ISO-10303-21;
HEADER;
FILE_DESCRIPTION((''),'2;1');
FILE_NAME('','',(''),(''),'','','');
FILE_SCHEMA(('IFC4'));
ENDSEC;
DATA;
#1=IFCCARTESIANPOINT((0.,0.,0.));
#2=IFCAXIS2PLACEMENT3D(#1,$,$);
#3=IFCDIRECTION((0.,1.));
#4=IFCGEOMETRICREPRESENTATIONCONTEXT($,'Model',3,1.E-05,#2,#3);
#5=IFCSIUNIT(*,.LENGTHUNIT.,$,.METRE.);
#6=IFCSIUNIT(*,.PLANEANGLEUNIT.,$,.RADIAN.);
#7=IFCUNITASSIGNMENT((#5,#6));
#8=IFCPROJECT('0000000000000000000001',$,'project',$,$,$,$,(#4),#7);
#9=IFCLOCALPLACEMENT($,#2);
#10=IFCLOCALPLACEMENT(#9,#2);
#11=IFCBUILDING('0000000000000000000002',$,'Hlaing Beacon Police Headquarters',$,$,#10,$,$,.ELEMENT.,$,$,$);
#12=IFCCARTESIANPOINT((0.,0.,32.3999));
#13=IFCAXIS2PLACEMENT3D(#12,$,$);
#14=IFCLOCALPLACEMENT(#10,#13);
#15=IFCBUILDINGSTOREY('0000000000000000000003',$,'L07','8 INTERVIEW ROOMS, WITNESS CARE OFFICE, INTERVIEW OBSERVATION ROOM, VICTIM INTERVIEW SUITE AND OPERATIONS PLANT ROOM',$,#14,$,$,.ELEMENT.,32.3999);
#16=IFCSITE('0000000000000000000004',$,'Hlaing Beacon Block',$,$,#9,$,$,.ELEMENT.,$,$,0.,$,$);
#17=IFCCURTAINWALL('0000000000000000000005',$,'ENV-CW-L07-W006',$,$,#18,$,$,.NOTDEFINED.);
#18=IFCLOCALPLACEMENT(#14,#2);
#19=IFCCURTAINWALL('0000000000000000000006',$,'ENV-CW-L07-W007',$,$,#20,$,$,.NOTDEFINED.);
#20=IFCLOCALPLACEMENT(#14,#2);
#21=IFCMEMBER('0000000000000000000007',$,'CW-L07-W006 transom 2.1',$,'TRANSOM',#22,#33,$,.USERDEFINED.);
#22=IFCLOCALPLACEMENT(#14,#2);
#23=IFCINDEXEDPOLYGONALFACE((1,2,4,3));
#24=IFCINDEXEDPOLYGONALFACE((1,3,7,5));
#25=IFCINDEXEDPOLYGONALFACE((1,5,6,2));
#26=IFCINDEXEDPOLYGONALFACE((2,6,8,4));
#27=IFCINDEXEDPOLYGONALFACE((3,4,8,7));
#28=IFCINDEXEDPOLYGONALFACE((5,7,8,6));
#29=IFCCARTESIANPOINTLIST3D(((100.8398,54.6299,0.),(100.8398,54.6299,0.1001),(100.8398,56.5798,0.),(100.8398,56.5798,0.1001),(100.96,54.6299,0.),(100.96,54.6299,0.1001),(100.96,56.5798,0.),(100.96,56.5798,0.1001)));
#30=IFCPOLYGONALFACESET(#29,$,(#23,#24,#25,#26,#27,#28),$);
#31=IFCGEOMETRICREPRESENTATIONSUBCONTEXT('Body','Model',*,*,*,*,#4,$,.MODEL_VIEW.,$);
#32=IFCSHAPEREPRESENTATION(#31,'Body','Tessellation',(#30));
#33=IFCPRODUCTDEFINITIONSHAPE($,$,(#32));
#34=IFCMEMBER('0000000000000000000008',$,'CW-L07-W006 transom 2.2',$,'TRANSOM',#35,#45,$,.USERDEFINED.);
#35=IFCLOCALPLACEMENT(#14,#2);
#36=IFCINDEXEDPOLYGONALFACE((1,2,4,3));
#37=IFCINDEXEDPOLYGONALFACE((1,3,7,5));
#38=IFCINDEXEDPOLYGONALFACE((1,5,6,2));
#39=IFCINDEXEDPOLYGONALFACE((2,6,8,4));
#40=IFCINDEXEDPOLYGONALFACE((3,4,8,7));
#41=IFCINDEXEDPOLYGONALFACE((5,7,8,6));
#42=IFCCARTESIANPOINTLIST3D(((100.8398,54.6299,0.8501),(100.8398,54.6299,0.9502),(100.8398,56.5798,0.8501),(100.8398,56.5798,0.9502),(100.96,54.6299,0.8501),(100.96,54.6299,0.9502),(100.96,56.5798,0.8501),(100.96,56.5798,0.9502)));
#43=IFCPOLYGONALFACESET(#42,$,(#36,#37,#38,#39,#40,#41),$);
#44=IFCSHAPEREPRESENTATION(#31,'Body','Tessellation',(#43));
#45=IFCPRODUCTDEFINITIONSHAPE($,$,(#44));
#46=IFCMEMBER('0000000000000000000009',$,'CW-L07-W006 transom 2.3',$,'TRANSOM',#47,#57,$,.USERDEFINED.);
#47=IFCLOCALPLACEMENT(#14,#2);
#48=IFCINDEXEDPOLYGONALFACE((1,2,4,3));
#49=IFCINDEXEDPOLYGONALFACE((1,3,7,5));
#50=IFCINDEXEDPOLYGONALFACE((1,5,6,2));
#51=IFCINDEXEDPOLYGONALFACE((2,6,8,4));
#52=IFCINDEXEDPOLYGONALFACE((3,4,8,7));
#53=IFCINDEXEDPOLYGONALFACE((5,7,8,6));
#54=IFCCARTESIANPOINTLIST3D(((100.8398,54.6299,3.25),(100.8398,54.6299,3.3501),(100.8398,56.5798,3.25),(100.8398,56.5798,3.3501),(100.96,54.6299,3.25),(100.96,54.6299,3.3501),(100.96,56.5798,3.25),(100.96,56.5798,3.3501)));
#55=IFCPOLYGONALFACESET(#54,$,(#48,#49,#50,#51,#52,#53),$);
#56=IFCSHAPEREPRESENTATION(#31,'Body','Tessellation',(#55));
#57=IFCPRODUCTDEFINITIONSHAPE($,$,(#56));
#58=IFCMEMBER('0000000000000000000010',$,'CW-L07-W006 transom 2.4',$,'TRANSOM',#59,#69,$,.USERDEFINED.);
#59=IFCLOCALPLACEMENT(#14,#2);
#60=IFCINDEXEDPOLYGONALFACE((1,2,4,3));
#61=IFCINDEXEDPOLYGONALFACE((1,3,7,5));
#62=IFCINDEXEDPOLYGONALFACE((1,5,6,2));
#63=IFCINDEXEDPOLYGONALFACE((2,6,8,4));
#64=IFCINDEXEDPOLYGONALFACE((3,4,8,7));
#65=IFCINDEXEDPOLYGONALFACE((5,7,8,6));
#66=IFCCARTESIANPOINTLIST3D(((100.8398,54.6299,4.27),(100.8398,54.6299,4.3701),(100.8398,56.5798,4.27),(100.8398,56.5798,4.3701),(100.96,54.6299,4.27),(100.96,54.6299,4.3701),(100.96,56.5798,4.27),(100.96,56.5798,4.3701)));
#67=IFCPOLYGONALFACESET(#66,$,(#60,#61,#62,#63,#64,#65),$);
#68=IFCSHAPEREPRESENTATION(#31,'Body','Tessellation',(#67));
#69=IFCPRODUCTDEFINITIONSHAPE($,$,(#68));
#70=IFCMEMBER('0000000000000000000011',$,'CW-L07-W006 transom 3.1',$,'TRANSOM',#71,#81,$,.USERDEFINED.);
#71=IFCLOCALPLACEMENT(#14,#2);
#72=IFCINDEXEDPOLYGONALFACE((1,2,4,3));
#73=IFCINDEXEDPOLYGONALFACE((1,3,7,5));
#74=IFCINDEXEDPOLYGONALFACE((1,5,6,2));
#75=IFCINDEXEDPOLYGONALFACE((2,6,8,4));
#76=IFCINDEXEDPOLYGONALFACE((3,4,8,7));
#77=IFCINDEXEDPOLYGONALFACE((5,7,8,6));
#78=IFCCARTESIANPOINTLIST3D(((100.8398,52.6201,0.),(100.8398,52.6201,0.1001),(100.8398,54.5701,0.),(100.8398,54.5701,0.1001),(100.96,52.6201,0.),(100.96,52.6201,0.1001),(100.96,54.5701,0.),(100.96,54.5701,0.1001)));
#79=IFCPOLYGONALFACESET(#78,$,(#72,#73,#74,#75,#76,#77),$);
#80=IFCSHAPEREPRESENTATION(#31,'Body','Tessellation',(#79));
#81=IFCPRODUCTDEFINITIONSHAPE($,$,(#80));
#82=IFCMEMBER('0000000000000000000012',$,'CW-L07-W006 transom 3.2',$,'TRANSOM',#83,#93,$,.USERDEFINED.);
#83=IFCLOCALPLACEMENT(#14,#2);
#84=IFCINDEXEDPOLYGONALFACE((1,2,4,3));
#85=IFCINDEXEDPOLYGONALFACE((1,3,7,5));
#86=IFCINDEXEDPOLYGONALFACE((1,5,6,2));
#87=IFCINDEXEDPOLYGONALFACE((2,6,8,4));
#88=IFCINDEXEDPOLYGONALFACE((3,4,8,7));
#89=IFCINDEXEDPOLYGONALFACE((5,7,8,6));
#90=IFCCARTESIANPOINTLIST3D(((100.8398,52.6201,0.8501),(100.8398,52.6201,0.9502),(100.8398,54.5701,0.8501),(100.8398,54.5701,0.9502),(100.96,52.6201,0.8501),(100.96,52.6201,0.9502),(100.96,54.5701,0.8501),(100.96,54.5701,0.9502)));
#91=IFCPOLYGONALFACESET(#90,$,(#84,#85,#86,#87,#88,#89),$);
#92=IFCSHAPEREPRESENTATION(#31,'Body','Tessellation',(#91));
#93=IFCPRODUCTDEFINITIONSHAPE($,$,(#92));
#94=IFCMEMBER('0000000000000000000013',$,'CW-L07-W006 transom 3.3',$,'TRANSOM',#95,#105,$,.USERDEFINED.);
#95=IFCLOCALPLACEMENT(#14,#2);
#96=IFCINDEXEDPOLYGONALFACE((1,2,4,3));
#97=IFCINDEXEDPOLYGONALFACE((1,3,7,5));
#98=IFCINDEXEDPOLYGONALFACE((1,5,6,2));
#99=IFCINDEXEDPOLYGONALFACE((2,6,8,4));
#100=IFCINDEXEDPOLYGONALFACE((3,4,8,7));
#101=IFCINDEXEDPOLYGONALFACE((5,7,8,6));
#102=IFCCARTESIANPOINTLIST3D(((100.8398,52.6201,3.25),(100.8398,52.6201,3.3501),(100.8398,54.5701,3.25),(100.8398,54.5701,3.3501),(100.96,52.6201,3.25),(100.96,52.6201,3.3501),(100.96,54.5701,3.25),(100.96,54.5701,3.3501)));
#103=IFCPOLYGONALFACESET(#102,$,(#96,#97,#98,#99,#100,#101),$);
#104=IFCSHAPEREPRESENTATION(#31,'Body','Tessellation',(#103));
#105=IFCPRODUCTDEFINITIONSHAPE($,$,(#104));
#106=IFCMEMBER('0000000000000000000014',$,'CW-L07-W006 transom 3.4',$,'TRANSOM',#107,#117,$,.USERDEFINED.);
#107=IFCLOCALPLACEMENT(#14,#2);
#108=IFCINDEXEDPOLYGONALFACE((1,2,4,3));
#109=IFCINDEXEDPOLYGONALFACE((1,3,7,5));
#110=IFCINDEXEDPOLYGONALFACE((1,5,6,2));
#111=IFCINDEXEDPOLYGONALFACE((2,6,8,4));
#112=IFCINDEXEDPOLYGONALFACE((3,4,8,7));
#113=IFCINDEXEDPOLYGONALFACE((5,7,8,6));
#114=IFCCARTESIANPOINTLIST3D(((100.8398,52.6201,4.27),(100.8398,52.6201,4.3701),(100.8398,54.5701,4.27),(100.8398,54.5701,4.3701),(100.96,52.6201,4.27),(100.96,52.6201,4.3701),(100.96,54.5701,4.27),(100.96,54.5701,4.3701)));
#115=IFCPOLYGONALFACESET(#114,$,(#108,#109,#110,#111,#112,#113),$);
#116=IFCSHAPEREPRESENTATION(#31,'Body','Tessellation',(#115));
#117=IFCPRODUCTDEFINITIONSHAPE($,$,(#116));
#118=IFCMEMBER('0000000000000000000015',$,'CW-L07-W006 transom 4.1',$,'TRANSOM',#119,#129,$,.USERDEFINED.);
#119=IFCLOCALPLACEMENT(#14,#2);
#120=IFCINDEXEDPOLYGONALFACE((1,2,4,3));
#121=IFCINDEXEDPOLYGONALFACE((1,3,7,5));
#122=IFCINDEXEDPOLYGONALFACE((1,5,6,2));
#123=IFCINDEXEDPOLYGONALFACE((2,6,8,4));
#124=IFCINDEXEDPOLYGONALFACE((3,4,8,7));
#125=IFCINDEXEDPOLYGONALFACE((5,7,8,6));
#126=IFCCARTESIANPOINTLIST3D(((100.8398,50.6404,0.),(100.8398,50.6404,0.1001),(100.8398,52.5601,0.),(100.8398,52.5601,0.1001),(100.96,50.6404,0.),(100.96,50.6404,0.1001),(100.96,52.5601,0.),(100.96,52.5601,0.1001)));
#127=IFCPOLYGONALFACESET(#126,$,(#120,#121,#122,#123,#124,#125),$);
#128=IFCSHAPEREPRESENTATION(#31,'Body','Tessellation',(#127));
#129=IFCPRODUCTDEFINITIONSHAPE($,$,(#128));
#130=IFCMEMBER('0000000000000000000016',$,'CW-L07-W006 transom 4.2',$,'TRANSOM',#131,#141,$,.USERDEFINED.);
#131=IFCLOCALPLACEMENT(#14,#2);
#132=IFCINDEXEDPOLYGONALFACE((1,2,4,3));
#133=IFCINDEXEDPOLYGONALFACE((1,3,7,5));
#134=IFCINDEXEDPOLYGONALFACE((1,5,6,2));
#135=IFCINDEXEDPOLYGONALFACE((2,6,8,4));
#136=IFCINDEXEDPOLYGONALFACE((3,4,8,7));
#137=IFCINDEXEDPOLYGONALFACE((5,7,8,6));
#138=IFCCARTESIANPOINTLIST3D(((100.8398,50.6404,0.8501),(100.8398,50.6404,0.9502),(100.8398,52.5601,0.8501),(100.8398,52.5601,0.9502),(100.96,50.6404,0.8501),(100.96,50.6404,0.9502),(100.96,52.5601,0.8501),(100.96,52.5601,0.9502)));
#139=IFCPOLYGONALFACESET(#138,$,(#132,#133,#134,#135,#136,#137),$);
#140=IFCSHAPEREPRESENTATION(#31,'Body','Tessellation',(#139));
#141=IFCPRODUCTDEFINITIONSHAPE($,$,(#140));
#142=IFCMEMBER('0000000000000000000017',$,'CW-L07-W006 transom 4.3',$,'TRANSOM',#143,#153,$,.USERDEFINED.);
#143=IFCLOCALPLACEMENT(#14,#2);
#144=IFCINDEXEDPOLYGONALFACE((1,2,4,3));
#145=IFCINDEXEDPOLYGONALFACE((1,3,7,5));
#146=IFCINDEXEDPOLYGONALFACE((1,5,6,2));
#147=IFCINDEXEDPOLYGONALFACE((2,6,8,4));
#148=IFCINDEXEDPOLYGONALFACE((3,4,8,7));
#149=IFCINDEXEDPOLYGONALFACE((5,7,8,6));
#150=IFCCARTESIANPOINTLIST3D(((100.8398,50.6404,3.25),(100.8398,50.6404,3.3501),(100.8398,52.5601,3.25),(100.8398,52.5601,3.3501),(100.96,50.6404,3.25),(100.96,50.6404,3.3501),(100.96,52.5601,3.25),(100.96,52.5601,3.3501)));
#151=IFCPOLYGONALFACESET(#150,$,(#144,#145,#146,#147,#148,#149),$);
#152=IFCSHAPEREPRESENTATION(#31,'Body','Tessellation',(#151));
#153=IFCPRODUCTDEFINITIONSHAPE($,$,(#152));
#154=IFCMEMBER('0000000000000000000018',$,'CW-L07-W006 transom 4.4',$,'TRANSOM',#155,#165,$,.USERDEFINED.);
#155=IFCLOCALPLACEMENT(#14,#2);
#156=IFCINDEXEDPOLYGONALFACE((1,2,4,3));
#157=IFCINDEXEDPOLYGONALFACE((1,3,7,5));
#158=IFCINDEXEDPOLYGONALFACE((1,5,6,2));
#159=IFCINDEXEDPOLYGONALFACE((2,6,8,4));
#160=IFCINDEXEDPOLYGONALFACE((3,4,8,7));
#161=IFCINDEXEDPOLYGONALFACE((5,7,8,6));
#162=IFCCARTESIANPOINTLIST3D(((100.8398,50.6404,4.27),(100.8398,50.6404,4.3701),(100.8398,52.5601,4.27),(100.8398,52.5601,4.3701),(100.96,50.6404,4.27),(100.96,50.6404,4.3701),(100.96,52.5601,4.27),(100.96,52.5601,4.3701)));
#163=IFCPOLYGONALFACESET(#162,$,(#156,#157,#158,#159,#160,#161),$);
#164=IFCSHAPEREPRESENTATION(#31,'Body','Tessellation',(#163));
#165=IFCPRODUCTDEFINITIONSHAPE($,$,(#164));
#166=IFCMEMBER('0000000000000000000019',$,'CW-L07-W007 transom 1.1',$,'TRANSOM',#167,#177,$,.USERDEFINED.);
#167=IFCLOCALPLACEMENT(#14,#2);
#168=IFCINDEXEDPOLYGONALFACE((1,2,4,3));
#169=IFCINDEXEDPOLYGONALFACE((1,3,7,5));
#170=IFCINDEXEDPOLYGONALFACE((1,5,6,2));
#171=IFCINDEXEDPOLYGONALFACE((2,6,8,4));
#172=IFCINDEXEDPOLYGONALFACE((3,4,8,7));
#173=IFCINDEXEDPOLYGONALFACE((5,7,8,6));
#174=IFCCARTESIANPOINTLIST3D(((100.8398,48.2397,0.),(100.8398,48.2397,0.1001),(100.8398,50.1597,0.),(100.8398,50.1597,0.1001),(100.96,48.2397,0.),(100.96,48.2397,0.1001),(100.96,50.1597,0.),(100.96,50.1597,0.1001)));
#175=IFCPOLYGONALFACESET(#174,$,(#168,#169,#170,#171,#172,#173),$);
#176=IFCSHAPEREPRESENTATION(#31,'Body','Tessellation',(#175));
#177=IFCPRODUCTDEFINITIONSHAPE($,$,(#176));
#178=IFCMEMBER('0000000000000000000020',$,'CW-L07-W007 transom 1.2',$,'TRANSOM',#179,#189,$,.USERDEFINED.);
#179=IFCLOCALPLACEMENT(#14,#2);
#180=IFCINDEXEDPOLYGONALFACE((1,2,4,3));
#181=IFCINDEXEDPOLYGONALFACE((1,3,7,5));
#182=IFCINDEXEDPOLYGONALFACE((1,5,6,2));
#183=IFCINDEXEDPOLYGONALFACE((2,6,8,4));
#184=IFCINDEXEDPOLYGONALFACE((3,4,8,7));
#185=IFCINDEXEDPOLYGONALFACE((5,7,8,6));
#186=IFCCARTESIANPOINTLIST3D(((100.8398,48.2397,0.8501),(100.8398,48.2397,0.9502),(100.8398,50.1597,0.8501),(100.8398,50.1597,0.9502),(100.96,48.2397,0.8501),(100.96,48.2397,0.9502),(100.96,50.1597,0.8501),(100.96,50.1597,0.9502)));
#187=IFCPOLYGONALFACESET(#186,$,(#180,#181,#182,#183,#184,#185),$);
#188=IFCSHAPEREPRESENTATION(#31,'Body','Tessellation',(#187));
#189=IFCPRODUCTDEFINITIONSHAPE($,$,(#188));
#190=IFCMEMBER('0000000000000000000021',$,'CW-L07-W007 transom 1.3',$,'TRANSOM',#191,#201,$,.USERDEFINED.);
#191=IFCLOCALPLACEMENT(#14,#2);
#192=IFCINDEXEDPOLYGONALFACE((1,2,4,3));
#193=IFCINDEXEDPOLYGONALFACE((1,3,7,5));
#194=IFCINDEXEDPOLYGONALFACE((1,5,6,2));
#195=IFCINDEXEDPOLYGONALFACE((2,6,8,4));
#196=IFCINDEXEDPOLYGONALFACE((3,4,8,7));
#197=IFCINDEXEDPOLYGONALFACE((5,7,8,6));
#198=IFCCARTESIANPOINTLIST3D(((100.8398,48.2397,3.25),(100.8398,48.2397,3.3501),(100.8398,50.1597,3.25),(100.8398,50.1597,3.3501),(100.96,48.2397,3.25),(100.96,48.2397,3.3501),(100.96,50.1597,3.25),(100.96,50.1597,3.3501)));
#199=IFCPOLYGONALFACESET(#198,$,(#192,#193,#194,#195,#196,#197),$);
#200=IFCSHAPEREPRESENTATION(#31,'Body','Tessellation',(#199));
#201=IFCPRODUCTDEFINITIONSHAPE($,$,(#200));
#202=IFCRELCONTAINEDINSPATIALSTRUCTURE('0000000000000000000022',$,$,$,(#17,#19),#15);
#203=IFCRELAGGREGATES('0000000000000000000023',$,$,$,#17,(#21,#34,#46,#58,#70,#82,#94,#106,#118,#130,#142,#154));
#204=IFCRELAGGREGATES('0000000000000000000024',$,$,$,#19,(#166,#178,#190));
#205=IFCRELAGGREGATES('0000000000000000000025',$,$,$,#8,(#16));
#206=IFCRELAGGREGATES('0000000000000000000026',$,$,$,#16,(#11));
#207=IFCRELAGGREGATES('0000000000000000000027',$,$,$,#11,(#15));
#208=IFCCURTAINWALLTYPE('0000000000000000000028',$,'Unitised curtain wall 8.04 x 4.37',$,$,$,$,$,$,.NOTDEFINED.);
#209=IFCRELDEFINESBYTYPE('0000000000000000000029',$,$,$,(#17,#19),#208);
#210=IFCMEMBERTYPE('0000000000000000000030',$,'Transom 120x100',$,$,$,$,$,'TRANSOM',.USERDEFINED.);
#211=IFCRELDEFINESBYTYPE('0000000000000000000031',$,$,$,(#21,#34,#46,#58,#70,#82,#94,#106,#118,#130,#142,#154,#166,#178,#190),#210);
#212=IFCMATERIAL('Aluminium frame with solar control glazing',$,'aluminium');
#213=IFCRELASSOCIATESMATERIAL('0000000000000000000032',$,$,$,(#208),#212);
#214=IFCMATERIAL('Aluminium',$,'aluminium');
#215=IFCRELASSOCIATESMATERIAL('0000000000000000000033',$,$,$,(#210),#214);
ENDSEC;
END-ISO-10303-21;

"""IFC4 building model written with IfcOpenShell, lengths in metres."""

from ifc_helpers import new_model, si_unit, direction, frame, origin, origin_2d, place, context, subcontext, project, spatial, rectangle, extrude, material, material_profile, profile_set, type_object, element, aggregate, save


model = new_model("IFC4")

# Units and contexts
model_context = context("Model", 3, precision=1e-05, world=origin(), true_north=direction((0.0, 1.0)))
body_context = subcontext(model_context, "Body", "Model", "MODEL_VIEW")
ifc_project = project(units=[si_unit("LENGTHUNIT", "METRE"), si_unit("PLANEANGLEUNIT", "RADIAN")], contexts=[model_context])

# Site, building, storey
site_placement = place(None, origin())
site = spatial("IfcSite", under=ifc_project, at=site_placement, Name="Hlaing Beacon Block", CompositionType="ELEMENT", RefElevation=0.0)
building_placement = place(site_placement, origin())
building = spatial("IfcBuilding", under=site, at=building_placement, Name="Hlaing Beacon Police Headquarters", CompositionType="ELEMENT")
storey_placement = place(building_placement, frame((0.0, 0.0, 32.3999)))
storey = spatial("IfcBuildingStorey", under=building, at=storey_placement, Name="L07", Description="8 INTERVIEW ROOMS, WITNESS CARE OFFICE, INTERVIEW OBSERVATION ROOM, VICTIM INTERVIEW SUITE AND OPERATIONS PLANT ROOM", CompositionType="ELEMENT", Elevation=32.3999)

# Shared definitions
ifc_material_1 = material(Name="Aluminium frame with solar control glazing", Category="aluminium")
curtain_wall_type = type_object("IfcCurtainWallType", Name="Unitised curtain wall 8.04 x 4.37", PredefinedType="NOTDEFINED", material=ifc_material_1)

# Curtain walls
curtain_wall_1_placement = place(storey_placement, origin())
curtain_wall_1 = element("IfcCurtainWall", 1, at=curtain_wall_1_placement, inside=storey, type_object=curtain_wall_type, Name="ENV-CW-L07-W006", PredefinedType="NOTDEFINED")
curtain_wall_2_placement = place(storey_placement, origin())
curtain_wall_2 = element("IfcCurtainWall", 2, at=curtain_wall_2_placement, inside=storey, type_object=curtain_wall_type, Name="ENV-CW-L07-W007", PredefinedType="NOTDEFINED")

# Members
ifc_material_2 = material(Name="Aluminium", Category="aluminium")
ifc_material_profile_1 = material_profile(ifc_material_2, rectangle(XDim=0.1201, YDim=0.1001, at=origin_2d()), Name="Transom 120x100")
ifc_profile_set_1 = profile_set([ifc_material_profile_1], Name="Aluminium")
member_type_1 = type_object("IfcMemberType", Name="Transom 120x100", ElementType="TRANSOM", PredefinedType="USERDEFINED", material=ifc_profile_set_1)
member_1_placement = place(storey_placement, frame((100.8999, 56.5798, 0.05), z_axis=(0.0, -1.0, 0.0), x_axis=(1.0, 0.0, 0.0)))
member_1 = element("IfcMember", 3, at=member_1_placement, type_object=member_type_1, Name="CW-L07-W006 transom 2.1", ObjectType="TRANSOM", PredefinedType="USERDEFINED", context=body_context, shape_type="SweptSolid", body=[
    extrude(rectangle(XDim=0.1201, YDim=0.1001, at=origin_2d()), origin(), (0.0, 0.0, 1.0), 1.95),
])
member_2_placement = place(storey_placement, frame((100.8999, 56.5798, 0.9001), z_axis=(0.0, -1.0, 0.0), x_axis=(1.0, 0.0, 0.0)))
member_2 = element("IfcMember", 4, at=member_2_placement, type_object=member_type_1, Name="CW-L07-W006 transom 2.2", ObjectType="TRANSOM", PredefinedType="USERDEFINED", context=body_context, shape_type="SweptSolid", body=[
    extrude(rectangle(XDim=0.1201, YDim=0.1001, at=origin_2d()), origin(), (0.0, 0.0, 1.0), 1.95),
])
member_3_placement = place(storey_placement, frame((100.8999, 56.5798, 3.3), z_axis=(0.0, -1.0, 0.0), x_axis=(1.0, 0.0, 0.0)))
member_3 = element("IfcMember", 5, at=member_3_placement, type_object=member_type_1, Name="CW-L07-W006 transom 2.3", ObjectType="TRANSOM", PredefinedType="USERDEFINED", context=body_context, shape_type="SweptSolid", body=[
    extrude(rectangle(XDim=0.1201, YDim=0.1001, at=origin_2d()), origin(), (0.0, 0.0, 1.0), 1.95),
])
member_4_placement = place(storey_placement, frame((100.8999, 56.5798, 4.3201), z_axis=(0.0, -1.0, 0.0), x_axis=(1.0, 0.0, 0.0)))
member_4 = element("IfcMember", 6, at=member_4_placement, type_object=member_type_1, Name="CW-L07-W006 transom 2.4", ObjectType="TRANSOM", PredefinedType="USERDEFINED", context=body_context, shape_type="SweptSolid", body=[
    extrude(rectangle(XDim=0.1201, YDim=0.1001, at=origin_2d()), origin(), (0.0, 0.0, 1.0), 1.95),
])
member_5_placement = place(storey_placement, frame((100.8999, 54.5701, 0.05), z_axis=(0.0, -1.0, 0.0), x_axis=(1.0, 0.0, 0.0)))
member_5 = element("IfcMember", 7, at=member_5_placement, type_object=member_type_1, Name="CW-L07-W006 transom 3.1", ObjectType="TRANSOM", PredefinedType="USERDEFINED", context=body_context, shape_type="SweptSolid", body=[
    extrude(rectangle(XDim=0.1201, YDim=0.1001, at=origin_2d()), origin(), (0.0, 0.0, 1.0), 1.95),
])
member_6_placement = place(storey_placement, frame((100.8999, 54.5701, 0.9001), z_axis=(0.0, -1.0, 0.0), x_axis=(1.0, 0.0, 0.0)))
member_6 = element("IfcMember", 8, at=member_6_placement, type_object=member_type_1, Name="CW-L07-W006 transom 3.2", ObjectType="TRANSOM", PredefinedType="USERDEFINED", context=body_context, shape_type="SweptSolid", body=[
    extrude(rectangle(XDim=0.1201, YDim=0.1001, at=origin_2d()), origin(), (0.0, 0.0, 1.0), 1.95),
])
member_7_placement = place(storey_placement, frame((100.8999, 54.5701, 3.3), z_axis=(0.0, -1.0, 0.0), x_axis=(1.0, 0.0, 0.0)))
member_7 = element("IfcMember", 9, at=member_7_placement, type_object=member_type_1, Name="CW-L07-W006 transom 3.3", ObjectType="TRANSOM", PredefinedType="USERDEFINED", context=body_context, shape_type="SweptSolid", body=[
    extrude(rectangle(XDim=0.1201, YDim=0.1001, at=origin_2d()), origin(), (0.0, 0.0, 1.0), 1.95),
])
member_8_placement = place(storey_placement, frame((100.8999, 54.5701, 4.3201), z_axis=(0.0, -1.0, 0.0), x_axis=(1.0, 0.0, 0.0)))
member_8 = element("IfcMember", 10, at=member_8_placement, type_object=member_type_1, Name="CW-L07-W006 transom 3.4", ObjectType="TRANSOM", PredefinedType="USERDEFINED", context=body_context, shape_type="SweptSolid", body=[
    extrude(rectangle(XDim=0.1201, YDim=0.1001, at=origin_2d()), origin(), (0.0, 0.0, 1.0), 1.95),
])
member_9_placement = place(storey_placement, frame((100.8999, 52.5601, 0.05), z_axis=(0.0, -1.0, 0.0), x_axis=(1.0, 0.0, 0.0)))
member_9 = element("IfcMember", 11, at=member_9_placement, type_object=member_type_1, Name="CW-L07-W006 transom 4.1", ObjectType="TRANSOM", PredefinedType="USERDEFINED", context=body_context, shape_type="SweptSolid", body=[
    extrude(rectangle(XDim=0.1201, YDim=0.1001, at=origin_2d()), origin(), (0.0, 0.0, 1.0), 1.9197),
])
member_10_placement = place(storey_placement, frame((100.8999, 52.5601, 0.9001), z_axis=(0.0, -1.0, 0.0), x_axis=(1.0, 0.0, 0.0)))
member_10 = element("IfcMember", 12, at=member_10_placement, type_object=member_type_1, Name="CW-L07-W006 transom 4.2", ObjectType="TRANSOM", PredefinedType="USERDEFINED", context=body_context, shape_type="SweptSolid", body=[
    extrude(rectangle(XDim=0.1201, YDim=0.1001, at=origin_2d()), origin(), (0.0, 0.0, 1.0), 1.9197),
])
member_11_placement = place(storey_placement, frame((100.8999, 52.5601, 3.3), z_axis=(0.0, -1.0, 0.0), x_axis=(1.0, 0.0, 0.0)))
member_11 = element("IfcMember", 13, at=member_11_placement, type_object=member_type_1, Name="CW-L07-W006 transom 4.3", ObjectType="TRANSOM", PredefinedType="USERDEFINED", context=body_context, shape_type="SweptSolid", body=[
    extrude(rectangle(XDim=0.1201, YDim=0.1001, at=origin_2d()), origin(), (0.0, 0.0, 1.0), 1.9197),
])
member_12_placement = place(storey_placement, frame((100.8999, 52.5601, 4.3201), z_axis=(0.0, -1.0, 0.0), x_axis=(1.0, 0.0, 0.0)))
member_12 = element("IfcMember", 14, at=member_12_placement, type_object=member_type_1, Name="CW-L07-W006 transom 4.4", ObjectType="TRANSOM", PredefinedType="USERDEFINED", context=body_context, shape_type="SweptSolid", body=[
    extrude(rectangle(XDim=0.1201, YDim=0.1001, at=origin_2d()), origin(), (0.0, 0.0, 1.0), 1.9197),
])
aggregate(curtain_wall_1, [member_1, member_2, member_3, member_4, member_5, member_6, member_7, member_8, member_9, member_10, member_11, member_12])
member_13_placement = place(storey_placement, frame((100.8999, 50.1597, 0.05), z_axis=(0.0, -1.0, 0.0), x_axis=(1.0, 0.0, 0.0)))
member_13 = element("IfcMember", 15, at=member_13_placement, type_object=member_type_1, Name="CW-L07-W007 transom 1.1", ObjectType="TRANSOM", PredefinedType="USERDEFINED", context=body_context, shape_type="SweptSolid", body=[
    extrude(rectangle(XDim=0.1201, YDim=0.1001, at=origin_2d()), origin(), (0.0, 0.0, 1.0), 1.9199),
])
member_14_placement = place(storey_placement, frame((100.8999, 50.1597, 0.9001), z_axis=(0.0, -1.0, 0.0), x_axis=(1.0, 0.0, 0.0)))
member_14 = element("IfcMember", 16, at=member_14_placement, type_object=member_type_1, Name="CW-L07-W007 transom 1.2", ObjectType="TRANSOM", PredefinedType="USERDEFINED", context=body_context, shape_type="SweptSolid", body=[
    extrude(rectangle(XDim=0.1201, YDim=0.1001, at=origin_2d()), origin(), (0.0, 0.0, 1.0), 1.9199),
])
member_15_placement = place(storey_placement, frame((100.8999, 50.1597, 3.3), z_axis=(0.0, -1.0, 0.0), x_axis=(1.0, 0.0, 0.0)))
member_15 = element("IfcMember", 17, at=member_15_placement, type_object=member_type_1, Name="CW-L07-W007 transom 1.3", ObjectType="TRANSOM", PredefinedType="USERDEFINED", context=body_context, shape_type="SweptSolid", body=[
    extrude(rectangle(XDim=0.1201, YDim=0.1001, at=origin_2d()), origin(), (0.0, 0.0, 1.0), 1.9199),
])
aggregate(curtain_wall_2, [member_13, member_14, member_15])

save(model, "model.ifc")
